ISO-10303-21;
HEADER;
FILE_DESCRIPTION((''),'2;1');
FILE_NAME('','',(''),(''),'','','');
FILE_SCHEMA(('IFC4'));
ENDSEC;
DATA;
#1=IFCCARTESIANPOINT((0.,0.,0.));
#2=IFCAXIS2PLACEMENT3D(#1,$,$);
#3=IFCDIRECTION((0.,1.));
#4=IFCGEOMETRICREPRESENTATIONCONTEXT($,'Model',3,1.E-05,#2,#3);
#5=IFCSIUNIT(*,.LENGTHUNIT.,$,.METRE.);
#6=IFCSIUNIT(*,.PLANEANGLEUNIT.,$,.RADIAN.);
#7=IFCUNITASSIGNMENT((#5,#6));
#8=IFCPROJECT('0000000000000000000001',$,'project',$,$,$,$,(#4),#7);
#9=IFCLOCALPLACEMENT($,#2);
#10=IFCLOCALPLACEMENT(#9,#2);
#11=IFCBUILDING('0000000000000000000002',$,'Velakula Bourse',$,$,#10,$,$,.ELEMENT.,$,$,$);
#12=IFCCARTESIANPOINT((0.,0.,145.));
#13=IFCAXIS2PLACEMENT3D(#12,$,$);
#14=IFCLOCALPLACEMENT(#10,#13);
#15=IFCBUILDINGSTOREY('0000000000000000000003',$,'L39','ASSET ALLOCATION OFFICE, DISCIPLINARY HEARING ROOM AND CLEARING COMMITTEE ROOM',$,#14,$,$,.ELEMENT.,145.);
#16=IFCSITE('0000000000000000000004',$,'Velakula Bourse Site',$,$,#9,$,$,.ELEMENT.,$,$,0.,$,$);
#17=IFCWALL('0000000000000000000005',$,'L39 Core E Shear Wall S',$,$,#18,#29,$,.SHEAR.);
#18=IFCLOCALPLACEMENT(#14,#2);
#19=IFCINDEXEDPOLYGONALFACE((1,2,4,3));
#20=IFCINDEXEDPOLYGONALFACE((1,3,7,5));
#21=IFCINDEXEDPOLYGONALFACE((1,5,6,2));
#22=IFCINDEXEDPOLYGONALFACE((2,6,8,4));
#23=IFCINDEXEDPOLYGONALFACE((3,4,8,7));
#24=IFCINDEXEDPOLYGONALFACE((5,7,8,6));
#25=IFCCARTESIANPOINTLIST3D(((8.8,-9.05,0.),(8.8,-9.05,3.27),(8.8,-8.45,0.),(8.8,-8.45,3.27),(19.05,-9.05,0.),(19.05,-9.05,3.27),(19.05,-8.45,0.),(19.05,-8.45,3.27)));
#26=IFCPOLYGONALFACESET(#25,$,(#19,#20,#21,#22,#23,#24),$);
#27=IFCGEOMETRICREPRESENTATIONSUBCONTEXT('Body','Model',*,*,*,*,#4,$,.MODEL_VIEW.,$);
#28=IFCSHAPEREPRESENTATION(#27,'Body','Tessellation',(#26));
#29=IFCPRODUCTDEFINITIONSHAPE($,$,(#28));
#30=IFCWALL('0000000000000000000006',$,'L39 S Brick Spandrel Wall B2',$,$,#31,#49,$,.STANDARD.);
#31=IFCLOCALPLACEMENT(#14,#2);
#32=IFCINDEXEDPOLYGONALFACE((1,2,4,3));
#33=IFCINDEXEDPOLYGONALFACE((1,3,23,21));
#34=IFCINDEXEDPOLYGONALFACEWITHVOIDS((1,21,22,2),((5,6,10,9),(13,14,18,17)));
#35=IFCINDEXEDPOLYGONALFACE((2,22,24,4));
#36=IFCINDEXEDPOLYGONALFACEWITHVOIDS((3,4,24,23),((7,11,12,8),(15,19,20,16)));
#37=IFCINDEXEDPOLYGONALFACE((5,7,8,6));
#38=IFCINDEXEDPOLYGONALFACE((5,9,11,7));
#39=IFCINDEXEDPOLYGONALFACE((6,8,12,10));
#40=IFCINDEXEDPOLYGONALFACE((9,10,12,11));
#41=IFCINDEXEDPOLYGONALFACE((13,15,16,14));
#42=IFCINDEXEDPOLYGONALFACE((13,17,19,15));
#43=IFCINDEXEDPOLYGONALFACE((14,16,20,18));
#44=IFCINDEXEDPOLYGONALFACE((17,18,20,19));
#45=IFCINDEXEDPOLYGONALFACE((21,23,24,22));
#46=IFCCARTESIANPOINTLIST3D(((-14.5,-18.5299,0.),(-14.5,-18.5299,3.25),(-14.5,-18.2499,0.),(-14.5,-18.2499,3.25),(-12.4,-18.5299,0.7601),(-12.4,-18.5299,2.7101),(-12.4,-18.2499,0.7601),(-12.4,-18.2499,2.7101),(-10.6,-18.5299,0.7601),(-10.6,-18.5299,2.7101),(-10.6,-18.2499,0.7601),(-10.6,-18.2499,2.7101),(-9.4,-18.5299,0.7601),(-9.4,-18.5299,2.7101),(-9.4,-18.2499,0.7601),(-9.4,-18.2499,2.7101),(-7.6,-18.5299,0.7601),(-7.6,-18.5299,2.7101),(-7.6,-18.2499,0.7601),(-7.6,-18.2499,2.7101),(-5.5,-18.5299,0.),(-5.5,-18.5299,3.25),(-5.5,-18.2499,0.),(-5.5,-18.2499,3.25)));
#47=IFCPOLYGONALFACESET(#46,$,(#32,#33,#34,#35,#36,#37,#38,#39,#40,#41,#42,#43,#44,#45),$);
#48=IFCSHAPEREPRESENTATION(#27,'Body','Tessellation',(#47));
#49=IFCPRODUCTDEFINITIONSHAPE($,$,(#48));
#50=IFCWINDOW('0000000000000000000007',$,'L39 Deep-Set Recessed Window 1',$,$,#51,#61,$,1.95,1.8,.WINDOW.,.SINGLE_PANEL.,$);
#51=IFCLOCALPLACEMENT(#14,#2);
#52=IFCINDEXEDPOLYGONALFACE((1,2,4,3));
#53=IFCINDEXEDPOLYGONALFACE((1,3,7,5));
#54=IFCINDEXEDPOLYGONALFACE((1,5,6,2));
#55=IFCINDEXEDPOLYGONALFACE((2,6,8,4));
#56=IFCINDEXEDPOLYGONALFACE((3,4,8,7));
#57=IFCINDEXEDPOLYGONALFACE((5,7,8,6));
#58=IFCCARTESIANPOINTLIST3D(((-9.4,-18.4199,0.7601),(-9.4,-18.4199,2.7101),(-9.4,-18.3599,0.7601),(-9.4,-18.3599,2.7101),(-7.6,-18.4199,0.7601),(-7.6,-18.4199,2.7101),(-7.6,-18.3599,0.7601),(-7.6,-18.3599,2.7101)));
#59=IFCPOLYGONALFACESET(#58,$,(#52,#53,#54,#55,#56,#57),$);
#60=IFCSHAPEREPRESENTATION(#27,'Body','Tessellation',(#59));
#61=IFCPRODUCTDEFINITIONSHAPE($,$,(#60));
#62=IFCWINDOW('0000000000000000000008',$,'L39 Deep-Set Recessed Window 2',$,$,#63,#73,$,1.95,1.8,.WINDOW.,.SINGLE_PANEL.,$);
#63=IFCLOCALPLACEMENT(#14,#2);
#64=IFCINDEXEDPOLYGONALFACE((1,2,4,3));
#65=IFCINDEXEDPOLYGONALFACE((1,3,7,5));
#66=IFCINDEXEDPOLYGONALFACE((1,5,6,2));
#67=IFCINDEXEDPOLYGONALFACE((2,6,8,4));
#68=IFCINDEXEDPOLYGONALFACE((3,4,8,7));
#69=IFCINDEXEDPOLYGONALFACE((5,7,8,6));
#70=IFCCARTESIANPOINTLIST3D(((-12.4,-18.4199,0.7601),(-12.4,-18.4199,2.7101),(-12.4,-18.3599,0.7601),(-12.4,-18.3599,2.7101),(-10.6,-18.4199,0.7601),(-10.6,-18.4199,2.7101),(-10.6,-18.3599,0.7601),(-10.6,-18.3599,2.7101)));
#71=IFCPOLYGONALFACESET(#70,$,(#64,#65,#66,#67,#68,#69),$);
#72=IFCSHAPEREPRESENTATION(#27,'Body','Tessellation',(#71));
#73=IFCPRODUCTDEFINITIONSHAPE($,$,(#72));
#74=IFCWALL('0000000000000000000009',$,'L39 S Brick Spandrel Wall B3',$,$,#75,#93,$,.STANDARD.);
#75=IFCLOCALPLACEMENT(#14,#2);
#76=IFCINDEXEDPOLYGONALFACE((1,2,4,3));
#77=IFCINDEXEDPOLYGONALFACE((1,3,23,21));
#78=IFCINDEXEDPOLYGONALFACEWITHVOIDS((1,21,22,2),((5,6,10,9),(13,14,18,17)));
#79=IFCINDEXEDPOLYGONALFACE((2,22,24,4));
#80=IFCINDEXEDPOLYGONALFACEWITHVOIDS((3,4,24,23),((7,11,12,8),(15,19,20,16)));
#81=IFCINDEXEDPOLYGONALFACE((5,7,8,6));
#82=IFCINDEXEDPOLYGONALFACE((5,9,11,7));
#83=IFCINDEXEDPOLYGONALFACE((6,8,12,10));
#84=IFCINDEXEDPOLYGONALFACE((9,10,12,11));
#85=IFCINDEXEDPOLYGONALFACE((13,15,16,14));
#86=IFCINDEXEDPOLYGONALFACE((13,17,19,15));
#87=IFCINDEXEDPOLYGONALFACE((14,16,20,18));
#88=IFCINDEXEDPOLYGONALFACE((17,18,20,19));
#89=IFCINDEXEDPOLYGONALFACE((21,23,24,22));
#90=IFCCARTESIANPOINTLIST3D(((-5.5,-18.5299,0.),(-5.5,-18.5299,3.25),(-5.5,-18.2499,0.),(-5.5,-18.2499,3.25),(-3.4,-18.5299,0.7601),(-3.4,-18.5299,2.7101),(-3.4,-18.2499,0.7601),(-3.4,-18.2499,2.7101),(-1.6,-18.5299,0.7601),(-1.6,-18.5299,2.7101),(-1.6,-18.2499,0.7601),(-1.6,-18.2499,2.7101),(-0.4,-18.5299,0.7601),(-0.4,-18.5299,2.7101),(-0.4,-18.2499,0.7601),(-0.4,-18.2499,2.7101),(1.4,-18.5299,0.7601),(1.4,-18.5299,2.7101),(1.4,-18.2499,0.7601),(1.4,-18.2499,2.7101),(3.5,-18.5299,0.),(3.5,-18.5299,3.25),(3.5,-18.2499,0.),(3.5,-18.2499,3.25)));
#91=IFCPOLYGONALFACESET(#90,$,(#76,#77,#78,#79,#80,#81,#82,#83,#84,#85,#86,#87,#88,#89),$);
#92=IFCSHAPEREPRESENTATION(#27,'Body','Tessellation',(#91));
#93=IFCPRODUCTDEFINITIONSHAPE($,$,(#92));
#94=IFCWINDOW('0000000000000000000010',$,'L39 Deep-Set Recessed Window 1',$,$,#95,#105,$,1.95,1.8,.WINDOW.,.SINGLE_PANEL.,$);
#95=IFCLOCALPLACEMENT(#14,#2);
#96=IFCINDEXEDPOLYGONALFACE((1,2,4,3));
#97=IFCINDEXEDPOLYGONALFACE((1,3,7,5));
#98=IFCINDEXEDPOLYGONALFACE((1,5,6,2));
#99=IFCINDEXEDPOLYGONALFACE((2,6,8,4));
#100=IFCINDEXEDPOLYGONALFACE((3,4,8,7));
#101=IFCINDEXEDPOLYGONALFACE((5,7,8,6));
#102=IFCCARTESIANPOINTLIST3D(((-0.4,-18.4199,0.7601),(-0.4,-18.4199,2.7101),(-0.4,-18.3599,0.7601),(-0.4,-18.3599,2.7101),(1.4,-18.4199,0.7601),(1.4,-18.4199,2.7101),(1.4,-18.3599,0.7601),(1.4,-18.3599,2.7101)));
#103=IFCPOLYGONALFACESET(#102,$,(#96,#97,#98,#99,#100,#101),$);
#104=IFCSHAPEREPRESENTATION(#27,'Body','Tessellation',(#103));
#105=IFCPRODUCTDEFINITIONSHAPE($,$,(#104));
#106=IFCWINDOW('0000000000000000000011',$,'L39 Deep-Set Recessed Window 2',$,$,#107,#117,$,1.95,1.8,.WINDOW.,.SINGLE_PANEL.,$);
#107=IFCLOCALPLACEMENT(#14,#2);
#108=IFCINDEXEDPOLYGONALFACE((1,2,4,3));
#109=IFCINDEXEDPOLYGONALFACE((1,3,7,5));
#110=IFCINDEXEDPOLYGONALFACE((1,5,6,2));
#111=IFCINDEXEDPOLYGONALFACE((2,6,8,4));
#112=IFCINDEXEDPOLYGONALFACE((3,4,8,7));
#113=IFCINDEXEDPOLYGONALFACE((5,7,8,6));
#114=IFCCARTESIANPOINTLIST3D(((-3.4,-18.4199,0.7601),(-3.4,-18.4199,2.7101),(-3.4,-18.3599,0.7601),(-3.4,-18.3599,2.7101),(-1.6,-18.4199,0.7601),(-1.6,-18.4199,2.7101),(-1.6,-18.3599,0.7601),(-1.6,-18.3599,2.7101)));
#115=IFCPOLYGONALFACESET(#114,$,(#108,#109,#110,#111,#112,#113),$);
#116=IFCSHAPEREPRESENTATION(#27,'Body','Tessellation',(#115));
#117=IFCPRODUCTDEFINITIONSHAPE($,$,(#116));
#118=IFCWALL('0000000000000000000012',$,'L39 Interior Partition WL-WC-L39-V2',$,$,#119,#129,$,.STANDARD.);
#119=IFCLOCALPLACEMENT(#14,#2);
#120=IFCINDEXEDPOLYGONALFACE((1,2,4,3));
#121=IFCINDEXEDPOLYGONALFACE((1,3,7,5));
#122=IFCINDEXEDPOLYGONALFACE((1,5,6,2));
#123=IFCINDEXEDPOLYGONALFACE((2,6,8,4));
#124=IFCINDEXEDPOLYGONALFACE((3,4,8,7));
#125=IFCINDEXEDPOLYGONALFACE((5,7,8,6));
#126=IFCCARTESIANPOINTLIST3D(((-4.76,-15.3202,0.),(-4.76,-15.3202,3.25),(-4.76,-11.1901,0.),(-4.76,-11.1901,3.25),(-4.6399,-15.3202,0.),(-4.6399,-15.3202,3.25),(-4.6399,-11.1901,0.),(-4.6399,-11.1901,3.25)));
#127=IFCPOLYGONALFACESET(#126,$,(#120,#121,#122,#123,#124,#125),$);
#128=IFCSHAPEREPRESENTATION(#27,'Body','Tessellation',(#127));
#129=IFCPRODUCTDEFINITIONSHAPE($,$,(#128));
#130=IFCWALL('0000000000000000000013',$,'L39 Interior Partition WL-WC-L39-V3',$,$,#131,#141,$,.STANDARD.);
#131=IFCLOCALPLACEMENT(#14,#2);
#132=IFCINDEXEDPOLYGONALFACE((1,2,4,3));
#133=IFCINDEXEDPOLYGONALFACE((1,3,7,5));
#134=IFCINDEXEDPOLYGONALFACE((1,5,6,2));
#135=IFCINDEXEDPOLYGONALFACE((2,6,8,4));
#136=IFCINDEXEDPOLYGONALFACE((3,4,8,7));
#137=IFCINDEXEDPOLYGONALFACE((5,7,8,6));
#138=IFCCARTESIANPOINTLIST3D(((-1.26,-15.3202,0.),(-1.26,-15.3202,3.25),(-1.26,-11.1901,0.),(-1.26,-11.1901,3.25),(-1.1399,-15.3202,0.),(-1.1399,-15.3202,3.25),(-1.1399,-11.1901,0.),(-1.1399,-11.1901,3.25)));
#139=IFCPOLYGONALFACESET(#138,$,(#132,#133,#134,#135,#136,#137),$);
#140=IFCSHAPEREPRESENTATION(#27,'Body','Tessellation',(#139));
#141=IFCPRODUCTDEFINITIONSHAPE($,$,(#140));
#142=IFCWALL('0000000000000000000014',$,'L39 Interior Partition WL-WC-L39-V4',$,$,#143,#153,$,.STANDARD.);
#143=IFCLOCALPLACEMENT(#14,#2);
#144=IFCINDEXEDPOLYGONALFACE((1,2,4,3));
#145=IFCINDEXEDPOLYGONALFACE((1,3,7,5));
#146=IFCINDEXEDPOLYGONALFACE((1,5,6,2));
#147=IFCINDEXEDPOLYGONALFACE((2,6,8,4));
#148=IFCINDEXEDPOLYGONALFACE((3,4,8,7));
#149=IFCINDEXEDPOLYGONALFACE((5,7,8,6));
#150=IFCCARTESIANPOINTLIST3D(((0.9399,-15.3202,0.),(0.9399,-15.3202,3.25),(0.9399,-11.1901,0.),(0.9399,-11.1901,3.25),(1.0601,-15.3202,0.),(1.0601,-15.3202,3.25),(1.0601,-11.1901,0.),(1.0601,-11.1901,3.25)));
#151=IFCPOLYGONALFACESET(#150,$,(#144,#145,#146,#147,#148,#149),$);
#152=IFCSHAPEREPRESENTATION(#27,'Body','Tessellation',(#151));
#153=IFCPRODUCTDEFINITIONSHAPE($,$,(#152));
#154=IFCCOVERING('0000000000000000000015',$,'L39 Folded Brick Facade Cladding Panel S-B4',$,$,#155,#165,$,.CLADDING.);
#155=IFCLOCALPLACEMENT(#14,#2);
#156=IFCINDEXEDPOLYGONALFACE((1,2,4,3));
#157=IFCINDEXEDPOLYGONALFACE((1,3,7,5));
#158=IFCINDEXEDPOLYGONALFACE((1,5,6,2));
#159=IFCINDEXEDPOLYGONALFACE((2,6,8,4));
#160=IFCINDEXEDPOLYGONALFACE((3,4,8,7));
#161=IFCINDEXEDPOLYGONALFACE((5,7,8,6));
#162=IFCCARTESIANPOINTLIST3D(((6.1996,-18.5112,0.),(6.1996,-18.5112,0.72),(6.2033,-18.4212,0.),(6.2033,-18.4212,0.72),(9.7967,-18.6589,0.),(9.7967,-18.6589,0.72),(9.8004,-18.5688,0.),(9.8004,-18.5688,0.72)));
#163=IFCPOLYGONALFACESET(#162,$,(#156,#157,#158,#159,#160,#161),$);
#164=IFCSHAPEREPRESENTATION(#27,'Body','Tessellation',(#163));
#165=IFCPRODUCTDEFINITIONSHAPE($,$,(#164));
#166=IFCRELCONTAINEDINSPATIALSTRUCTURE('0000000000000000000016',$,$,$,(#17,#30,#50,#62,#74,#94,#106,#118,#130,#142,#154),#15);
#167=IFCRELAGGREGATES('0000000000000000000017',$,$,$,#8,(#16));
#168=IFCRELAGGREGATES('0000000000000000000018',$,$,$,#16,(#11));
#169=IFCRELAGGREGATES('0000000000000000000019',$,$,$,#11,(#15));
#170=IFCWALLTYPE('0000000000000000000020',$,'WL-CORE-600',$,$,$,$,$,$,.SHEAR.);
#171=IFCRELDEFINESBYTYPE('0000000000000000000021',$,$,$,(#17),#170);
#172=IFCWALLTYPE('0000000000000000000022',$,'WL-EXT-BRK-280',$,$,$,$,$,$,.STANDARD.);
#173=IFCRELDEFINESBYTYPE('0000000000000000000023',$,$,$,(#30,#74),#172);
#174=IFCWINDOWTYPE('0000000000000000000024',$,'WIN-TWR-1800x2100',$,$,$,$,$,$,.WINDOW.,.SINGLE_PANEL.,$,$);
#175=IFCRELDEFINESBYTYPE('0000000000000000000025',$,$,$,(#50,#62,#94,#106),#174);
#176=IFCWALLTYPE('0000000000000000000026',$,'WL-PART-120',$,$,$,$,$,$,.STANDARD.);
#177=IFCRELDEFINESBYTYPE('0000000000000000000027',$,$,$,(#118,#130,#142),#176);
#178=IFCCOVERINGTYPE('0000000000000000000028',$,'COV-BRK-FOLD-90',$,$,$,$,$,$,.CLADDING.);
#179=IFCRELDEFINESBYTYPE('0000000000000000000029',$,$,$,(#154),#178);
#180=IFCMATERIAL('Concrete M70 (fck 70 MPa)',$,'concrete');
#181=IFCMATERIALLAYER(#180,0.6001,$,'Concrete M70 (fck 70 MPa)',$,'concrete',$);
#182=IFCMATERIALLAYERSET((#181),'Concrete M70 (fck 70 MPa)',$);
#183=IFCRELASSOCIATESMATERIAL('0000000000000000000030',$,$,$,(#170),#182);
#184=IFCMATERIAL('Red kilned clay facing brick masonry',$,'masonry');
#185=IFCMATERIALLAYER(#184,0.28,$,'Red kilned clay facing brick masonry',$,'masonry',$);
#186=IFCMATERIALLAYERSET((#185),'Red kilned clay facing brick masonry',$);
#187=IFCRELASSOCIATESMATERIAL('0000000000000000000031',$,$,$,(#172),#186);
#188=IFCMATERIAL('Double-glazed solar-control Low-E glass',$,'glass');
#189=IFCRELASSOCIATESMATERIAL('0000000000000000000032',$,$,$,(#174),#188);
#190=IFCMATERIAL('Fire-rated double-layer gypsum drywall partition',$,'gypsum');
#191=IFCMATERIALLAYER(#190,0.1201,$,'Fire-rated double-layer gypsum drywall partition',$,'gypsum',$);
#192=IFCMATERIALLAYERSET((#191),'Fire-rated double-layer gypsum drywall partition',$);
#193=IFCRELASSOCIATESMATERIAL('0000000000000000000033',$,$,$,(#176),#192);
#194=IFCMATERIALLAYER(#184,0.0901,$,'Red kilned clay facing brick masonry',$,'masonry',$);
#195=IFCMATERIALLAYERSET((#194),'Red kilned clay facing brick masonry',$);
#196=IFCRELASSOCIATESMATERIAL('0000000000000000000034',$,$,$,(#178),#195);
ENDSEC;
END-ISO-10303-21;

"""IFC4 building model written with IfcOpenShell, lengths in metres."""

from ifc_helpers import new_model, si_unit, direction, frame, frame_2d, origin, origin_2d, place, context, subcontext, project, spatial, rectangle, extrude, material, layer, layer_set, type_object, element, fill, save


model = new_model("IFC4")

# Units and contexts
model_context = context("Model", 3, precision=1e-05, world=origin(), true_north=direction((0.0, 1.0)))
body_context = subcontext(model_context, "Body", "Model", "MODEL_VIEW")
ifc_project = project(units=[si_unit("LENGTHUNIT", "METRE"), si_unit("PLANEANGLEUNIT", "RADIAN")], contexts=[model_context])

# Site, building, storey
site_placement = place(None, origin())
site = spatial("IfcSite", under=ifc_project, at=site_placement, Name="Velakula Bourse Site", CompositionType="ELEMENT", RefElevation=0.0)
building_placement = place(site_placement, origin())
building = spatial("IfcBuilding", under=site, at=building_placement, Name="Velakula Bourse", CompositionType="ELEMENT")
storey_placement = place(building_placement, frame((0.0, 0.0, 145.0)))
storey = spatial("IfcBuildingStorey", under=building, at=storey_placement, Name="L39", Description="ASSET ALLOCATION OFFICE, DISCIPLINARY HEARING ROOM AND CLEARING COMMITTEE ROOM", CompositionType="ELEMENT", Elevation=145.0)

# Shared definitions
ifc_material_1 = material(Name="Concrete M70 (fck 70 MPa)", Category="concrete")

# Wall
ifc_layer_1 = layer(ifc_material_1, 0.6001, Name="Concrete M70 (fck 70 MPa)", Category="concrete")
ifc_layer_set_1 = layer_set([ifc_layer_1], Name="Concrete M70 (fck 70 MPa)")
wall_type_1 = type_object("IfcWallType", Name="WL-CORE-600", PredefinedType="SHEAR", material=ifc_layer_set_1)
wall_1_placement = place(storey_placement, frame((8.8, -8.75, 0.0), z_axis=(0.0, 0.0, 1.0), x_axis=(1.0, 0.0, 0.0)))
element("IfcWall", 1, at=wall_1_placement, inside=storey, type_object=wall_type_1, Name="L39 Core E Shear Wall S", PredefinedType="SHEAR", context=body_context, shape_type="SweptSolid", body=[
    extrude(rectangle(XDim=10.25, YDim=0.6001, at=frame_2d((5.125, 0.0))), origin(), (0.0, 0.0, 1.0), 3.27),
])

# Walls, openings, windows
ifc_material_2 = material(Name="Red kilned clay facing brick masonry", Category="masonry")
ifc_layer_2 = layer(ifc_material_2, 0.28, Name="Red kilned clay facing brick masonry", Category="masonry")
ifc_layer_set_2 = layer_set([ifc_layer_2], Name="Red kilned clay facing brick masonry")
wall_type_2 = type_object("IfcWallType", Name="WL-EXT-BRK-280", PredefinedType="STANDARD", material=ifc_layer_set_2)
wall_2_placement = place(storey_placement, frame((-5.5, -18.3899, 0.0), z_axis=(0.0, 0.0, 1.0), x_axis=(-1.0, 0.0, 0.0)))
wall_2 = element("IfcWall", 2, at=wall_2_placement, inside=storey, type_object=wall_type_2, Name="L39 S Brick Spandrel Wall B2", PredefinedType="STANDARD", context=body_context, shape_type="SweptSolid", body=[
    extrude(rectangle(XDim=9.0, YDim=0.28, at=frame_2d((4.5, 0.0))), origin(), (0.0, 0.0, 1.0), 3.25),
])
opening_1_placement = place(wall_2_placement, frame((2.1001, 0.0, 0.76)))
opening_1 = element("IfcOpeningElement", 3, at=opening_1_placement, cuts=wall_2, PredefinedType="OPENING", context=body_context, shape_type="SweptSolid", body=[
    extrude(rectangle(XDim=1.8, YDim=1.95, at=frame_2d((0.8999, 0.9751))), frame((0.0, 0.1499, 0.0), z_axis=(0.0, -1.0, 0.0), x_axis=(1.0, 0.0, 0.0)), (0.0, 0.0, 1.0), 0.3),
])
opening_2_placement = place(wall_2_placement, frame((5.1001, 0.0, 0.76)))
opening_2 = element("IfcOpeningElement", 4, at=opening_2_placement, cuts=wall_2, PredefinedType="OPENING", context=body_context, shape_type="SweptSolid", body=[
    extrude(rectangle(XDim=1.8, YDim=1.95, at=frame_2d((0.8999, 0.9751))), frame((0.0, 0.1499, 0.0), z_axis=(0.0, -1.0, 0.0), x_axis=(1.0, 0.0, 0.0)), (0.0, 0.0, 1.0), 0.3),
])
ifc_material_3 = material(Name="Double-glazed solar-control Low-E glass", Category="glass")
window_type = type_object("IfcWindowType", Name="WIN-TWR-1800x2100", PartitioningType="SINGLE_PANEL", PredefinedType="WINDOW", material=ifc_material_3)
window_1_placement = place(opening_1_placement, origin())
window_1 = element("IfcWindow", 5, at=window_1_placement, inside=storey, type_object=window_type, Name="L39 Deep-Set Recessed Window 1", OverallHeight=1.95, OverallWidth=1.8, PartitioningType="SINGLE_PANEL", PredefinedType="WINDOW", context=body_context, shape_type="SweptSolid", body=[
    extrude(rectangle(XDim=1.8, YDim=1.95, at=frame_2d((0.8999, 0.9751))), frame((0.0, 0.03, 0.0), z_axis=(0.0, -1.0, 0.0), x_axis=(1.0, 0.0, 0.0)), (0.0, 0.0, 1.0), 0.0601),
])
fill(opening_1, window_1)
window_2_placement = place(opening_2_placement, origin())
window_2 = element("IfcWindow", 6, at=window_2_placement, inside=storey, type_object=window_type, Name="L39 Deep-Set Recessed Window 2", OverallHeight=1.95, OverallWidth=1.8, PartitioningType="SINGLE_PANEL", PredefinedType="WINDOW", context=body_context, shape_type="SweptSolid", body=[
    extrude(rectangle(XDim=1.8, YDim=1.95, at=frame_2d((0.8999, 0.9751))), frame((0.0, 0.03, 0.0), z_axis=(0.0, -1.0, 0.0), x_axis=(1.0, 0.0, 0.0)), (0.0, 0.0, 1.0), 0.0601),
])
fill(opening_2, window_2)
wall_3_placement = place(storey_placement, frame((3.5, -18.3899, 0.0), z_axis=(0.0, 0.0, 1.0), x_axis=(-1.0, 0.0, 0.0)))
wall_3 = element("IfcWall", 7, at=wall_3_placement, inside=storey, type_object=wall_type_2, Name="L39 S Brick Spandrel Wall B3", PredefinedType="STANDARD", context=body_context, shape_type="SweptSolid", body=[
    extrude(rectangle(XDim=9.0, YDim=0.28, at=frame_2d((4.5, 0.0))), origin(), (0.0, 0.0, 1.0), 3.25),
])
opening_3_placement = place(wall_3_placement, frame((2.1001, 0.0, 0.76)))
opening_3 = element("IfcOpeningElement", 8, at=opening_3_placement, cuts=wall_3, PredefinedType="OPENING", context=body_context, shape_type="SweptSolid", body=[
    extrude(rectangle(XDim=1.8, YDim=1.95, at=frame_2d((0.8999, 0.9751))), frame((0.0, 0.1499, 0.0), z_axis=(0.0, -1.0, 0.0), x_axis=(1.0, 0.0, 0.0)), (0.0, 0.0, 1.0), 0.3),
])
opening_4_placement = place(wall_3_placement, frame((5.1001, 0.0, 0.76)))
opening_4 = element("IfcOpeningElement", 9, at=opening_4_placement, cuts=wall_3, PredefinedType="OPENING", context=body_context, shape_type="SweptSolid", body=[
    extrude(rectangle(XDim=1.8, YDim=1.95, at=frame_2d((0.8999, 0.9751))), frame((0.0, 0.1499, 0.0), z_axis=(0.0, -1.0, 0.0), x_axis=(1.0, 0.0, 0.0)), (0.0, 0.0, 1.0), 0.3),
])
window_3_placement = place(opening_3_placement, origin())
window_3 = element("IfcWindow", 10, at=window_3_placement, inside=storey, type_object=window_type, Name="L39 Deep-Set Recessed Window 1", OverallHeight=1.95, OverallWidth=1.8, PartitioningType="SINGLE_PANEL", PredefinedType="WINDOW", context=body_context, shape_type="SweptSolid", body=[
    extrude(rectangle(XDim=1.8, YDim=1.95, at=frame_2d((0.8999, 0.9751))), frame((0.0, 0.03, 0.0), z_axis=(0.0, -1.0, 0.0), x_axis=(1.0, 0.0, 0.0)), (0.0, 0.0, 1.0), 0.0601),
])
fill(opening_3, window_3)
window_4_placement = place(opening_4_placement, origin())
window_4 = element("IfcWindow", 11, at=window_4_placement, inside=storey, type_object=window_type, Name="L39 Deep-Set Recessed Window 2", OverallHeight=1.95, OverallWidth=1.8, PartitioningType="SINGLE_PANEL", PredefinedType="WINDOW", context=body_context, shape_type="SweptSolid", body=[
    extrude(rectangle(XDim=1.8, YDim=1.95, at=frame_2d((0.8999, 0.9751))), frame((0.0, 0.03, 0.0), z_axis=(0.0, -1.0, 0.0), x_axis=(1.0, 0.0, 0.0)), (0.0, 0.0, 1.0), 0.0601),
])
fill(opening_4, window_4)

# Walls
ifc_material_4 = material(Name="Fire-rated double-layer gypsum drywall partition", Category="gypsum")
ifc_layer_3 = layer(ifc_material_4, 0.1201, Name="Fire-rated double-layer gypsum drywall partition", Category="gypsum")
ifc_layer_set_3 = layer_set([ifc_layer_3], Name="Fire-rated double-layer gypsum drywall partition")
wall_type_3 = type_object("IfcWallType", Name="WL-PART-120", PredefinedType="STANDARD", material=ifc_layer_set_3)
for number, where, z_axis, x_axis, name in (
    (12, (-4.7, -15.3201, 0.0), (0.0, 0.0, 1.0), (0.0, 1.0, 0.0), "L39 Interior Partition WL-WC-L39-V2"),
    (13, (-1.2, -15.3201, 0.0), (0.0, 0.0, 1.0), (0.0, 1.0, 0.0), "L39 Interior Partition WL-WC-L39-V3"),
    (14, (1.0, -15.3201, 0.0), (0.0, 0.0, 1.0), (0.0, 1.0, 0.0), "L39 Interior Partition WL-WC-L39-V4"),
):
    element("IfcWall", number, at=place(storey_placement, frame(where, z_axis=z_axis, x_axis=x_axis)), inside=storey, type_object=wall_type_3, Name=name, PredefinedType="STANDARD", context=body_context, shape_type="SweptSolid", body=[
        extrude(rectangle(XDim=4.1301, YDim=0.1201, at=frame_2d((2.0649, 0.0))), origin(), (0.0, 0.0, 1.0), 3.25),
    ])

# Covering
ifc_layer_4 = layer(ifc_material_2, 0.0901, Name="Red kilned clay facing brick masonry", Category="masonry")
ifc_layer_set_4 = layer_set([ifc_layer_4], Name="Red kilned clay facing brick masonry")
covering_type = type_object("IfcCoveringType", Name="COV-BRK-FOLD-90", PredefinedType="CLADDING", material=ifc_layer_set_4)
covering_placement = place(storey_placement, frame((8.0, -18.54, 0.0), z_axis=(0.0, 0.0, 1.0), x_axis=(0.999159, -0.041004, 0.0)))
element("IfcCovering", 15, at=covering_placement, inside=storey, type_object=covering_type, Name="L39 Folded Brick Facade Cladding Panel S-B4", PredefinedType="CLADDING", context=body_context, shape_type="SweptSolid", body=[
    extrude(rectangle(XDim=3.6001, YDim=0.0901, at=origin_2d()), origin(), (0.0, 0.0, 1.0), 0.72),
])

save(model, "model.ifc")
